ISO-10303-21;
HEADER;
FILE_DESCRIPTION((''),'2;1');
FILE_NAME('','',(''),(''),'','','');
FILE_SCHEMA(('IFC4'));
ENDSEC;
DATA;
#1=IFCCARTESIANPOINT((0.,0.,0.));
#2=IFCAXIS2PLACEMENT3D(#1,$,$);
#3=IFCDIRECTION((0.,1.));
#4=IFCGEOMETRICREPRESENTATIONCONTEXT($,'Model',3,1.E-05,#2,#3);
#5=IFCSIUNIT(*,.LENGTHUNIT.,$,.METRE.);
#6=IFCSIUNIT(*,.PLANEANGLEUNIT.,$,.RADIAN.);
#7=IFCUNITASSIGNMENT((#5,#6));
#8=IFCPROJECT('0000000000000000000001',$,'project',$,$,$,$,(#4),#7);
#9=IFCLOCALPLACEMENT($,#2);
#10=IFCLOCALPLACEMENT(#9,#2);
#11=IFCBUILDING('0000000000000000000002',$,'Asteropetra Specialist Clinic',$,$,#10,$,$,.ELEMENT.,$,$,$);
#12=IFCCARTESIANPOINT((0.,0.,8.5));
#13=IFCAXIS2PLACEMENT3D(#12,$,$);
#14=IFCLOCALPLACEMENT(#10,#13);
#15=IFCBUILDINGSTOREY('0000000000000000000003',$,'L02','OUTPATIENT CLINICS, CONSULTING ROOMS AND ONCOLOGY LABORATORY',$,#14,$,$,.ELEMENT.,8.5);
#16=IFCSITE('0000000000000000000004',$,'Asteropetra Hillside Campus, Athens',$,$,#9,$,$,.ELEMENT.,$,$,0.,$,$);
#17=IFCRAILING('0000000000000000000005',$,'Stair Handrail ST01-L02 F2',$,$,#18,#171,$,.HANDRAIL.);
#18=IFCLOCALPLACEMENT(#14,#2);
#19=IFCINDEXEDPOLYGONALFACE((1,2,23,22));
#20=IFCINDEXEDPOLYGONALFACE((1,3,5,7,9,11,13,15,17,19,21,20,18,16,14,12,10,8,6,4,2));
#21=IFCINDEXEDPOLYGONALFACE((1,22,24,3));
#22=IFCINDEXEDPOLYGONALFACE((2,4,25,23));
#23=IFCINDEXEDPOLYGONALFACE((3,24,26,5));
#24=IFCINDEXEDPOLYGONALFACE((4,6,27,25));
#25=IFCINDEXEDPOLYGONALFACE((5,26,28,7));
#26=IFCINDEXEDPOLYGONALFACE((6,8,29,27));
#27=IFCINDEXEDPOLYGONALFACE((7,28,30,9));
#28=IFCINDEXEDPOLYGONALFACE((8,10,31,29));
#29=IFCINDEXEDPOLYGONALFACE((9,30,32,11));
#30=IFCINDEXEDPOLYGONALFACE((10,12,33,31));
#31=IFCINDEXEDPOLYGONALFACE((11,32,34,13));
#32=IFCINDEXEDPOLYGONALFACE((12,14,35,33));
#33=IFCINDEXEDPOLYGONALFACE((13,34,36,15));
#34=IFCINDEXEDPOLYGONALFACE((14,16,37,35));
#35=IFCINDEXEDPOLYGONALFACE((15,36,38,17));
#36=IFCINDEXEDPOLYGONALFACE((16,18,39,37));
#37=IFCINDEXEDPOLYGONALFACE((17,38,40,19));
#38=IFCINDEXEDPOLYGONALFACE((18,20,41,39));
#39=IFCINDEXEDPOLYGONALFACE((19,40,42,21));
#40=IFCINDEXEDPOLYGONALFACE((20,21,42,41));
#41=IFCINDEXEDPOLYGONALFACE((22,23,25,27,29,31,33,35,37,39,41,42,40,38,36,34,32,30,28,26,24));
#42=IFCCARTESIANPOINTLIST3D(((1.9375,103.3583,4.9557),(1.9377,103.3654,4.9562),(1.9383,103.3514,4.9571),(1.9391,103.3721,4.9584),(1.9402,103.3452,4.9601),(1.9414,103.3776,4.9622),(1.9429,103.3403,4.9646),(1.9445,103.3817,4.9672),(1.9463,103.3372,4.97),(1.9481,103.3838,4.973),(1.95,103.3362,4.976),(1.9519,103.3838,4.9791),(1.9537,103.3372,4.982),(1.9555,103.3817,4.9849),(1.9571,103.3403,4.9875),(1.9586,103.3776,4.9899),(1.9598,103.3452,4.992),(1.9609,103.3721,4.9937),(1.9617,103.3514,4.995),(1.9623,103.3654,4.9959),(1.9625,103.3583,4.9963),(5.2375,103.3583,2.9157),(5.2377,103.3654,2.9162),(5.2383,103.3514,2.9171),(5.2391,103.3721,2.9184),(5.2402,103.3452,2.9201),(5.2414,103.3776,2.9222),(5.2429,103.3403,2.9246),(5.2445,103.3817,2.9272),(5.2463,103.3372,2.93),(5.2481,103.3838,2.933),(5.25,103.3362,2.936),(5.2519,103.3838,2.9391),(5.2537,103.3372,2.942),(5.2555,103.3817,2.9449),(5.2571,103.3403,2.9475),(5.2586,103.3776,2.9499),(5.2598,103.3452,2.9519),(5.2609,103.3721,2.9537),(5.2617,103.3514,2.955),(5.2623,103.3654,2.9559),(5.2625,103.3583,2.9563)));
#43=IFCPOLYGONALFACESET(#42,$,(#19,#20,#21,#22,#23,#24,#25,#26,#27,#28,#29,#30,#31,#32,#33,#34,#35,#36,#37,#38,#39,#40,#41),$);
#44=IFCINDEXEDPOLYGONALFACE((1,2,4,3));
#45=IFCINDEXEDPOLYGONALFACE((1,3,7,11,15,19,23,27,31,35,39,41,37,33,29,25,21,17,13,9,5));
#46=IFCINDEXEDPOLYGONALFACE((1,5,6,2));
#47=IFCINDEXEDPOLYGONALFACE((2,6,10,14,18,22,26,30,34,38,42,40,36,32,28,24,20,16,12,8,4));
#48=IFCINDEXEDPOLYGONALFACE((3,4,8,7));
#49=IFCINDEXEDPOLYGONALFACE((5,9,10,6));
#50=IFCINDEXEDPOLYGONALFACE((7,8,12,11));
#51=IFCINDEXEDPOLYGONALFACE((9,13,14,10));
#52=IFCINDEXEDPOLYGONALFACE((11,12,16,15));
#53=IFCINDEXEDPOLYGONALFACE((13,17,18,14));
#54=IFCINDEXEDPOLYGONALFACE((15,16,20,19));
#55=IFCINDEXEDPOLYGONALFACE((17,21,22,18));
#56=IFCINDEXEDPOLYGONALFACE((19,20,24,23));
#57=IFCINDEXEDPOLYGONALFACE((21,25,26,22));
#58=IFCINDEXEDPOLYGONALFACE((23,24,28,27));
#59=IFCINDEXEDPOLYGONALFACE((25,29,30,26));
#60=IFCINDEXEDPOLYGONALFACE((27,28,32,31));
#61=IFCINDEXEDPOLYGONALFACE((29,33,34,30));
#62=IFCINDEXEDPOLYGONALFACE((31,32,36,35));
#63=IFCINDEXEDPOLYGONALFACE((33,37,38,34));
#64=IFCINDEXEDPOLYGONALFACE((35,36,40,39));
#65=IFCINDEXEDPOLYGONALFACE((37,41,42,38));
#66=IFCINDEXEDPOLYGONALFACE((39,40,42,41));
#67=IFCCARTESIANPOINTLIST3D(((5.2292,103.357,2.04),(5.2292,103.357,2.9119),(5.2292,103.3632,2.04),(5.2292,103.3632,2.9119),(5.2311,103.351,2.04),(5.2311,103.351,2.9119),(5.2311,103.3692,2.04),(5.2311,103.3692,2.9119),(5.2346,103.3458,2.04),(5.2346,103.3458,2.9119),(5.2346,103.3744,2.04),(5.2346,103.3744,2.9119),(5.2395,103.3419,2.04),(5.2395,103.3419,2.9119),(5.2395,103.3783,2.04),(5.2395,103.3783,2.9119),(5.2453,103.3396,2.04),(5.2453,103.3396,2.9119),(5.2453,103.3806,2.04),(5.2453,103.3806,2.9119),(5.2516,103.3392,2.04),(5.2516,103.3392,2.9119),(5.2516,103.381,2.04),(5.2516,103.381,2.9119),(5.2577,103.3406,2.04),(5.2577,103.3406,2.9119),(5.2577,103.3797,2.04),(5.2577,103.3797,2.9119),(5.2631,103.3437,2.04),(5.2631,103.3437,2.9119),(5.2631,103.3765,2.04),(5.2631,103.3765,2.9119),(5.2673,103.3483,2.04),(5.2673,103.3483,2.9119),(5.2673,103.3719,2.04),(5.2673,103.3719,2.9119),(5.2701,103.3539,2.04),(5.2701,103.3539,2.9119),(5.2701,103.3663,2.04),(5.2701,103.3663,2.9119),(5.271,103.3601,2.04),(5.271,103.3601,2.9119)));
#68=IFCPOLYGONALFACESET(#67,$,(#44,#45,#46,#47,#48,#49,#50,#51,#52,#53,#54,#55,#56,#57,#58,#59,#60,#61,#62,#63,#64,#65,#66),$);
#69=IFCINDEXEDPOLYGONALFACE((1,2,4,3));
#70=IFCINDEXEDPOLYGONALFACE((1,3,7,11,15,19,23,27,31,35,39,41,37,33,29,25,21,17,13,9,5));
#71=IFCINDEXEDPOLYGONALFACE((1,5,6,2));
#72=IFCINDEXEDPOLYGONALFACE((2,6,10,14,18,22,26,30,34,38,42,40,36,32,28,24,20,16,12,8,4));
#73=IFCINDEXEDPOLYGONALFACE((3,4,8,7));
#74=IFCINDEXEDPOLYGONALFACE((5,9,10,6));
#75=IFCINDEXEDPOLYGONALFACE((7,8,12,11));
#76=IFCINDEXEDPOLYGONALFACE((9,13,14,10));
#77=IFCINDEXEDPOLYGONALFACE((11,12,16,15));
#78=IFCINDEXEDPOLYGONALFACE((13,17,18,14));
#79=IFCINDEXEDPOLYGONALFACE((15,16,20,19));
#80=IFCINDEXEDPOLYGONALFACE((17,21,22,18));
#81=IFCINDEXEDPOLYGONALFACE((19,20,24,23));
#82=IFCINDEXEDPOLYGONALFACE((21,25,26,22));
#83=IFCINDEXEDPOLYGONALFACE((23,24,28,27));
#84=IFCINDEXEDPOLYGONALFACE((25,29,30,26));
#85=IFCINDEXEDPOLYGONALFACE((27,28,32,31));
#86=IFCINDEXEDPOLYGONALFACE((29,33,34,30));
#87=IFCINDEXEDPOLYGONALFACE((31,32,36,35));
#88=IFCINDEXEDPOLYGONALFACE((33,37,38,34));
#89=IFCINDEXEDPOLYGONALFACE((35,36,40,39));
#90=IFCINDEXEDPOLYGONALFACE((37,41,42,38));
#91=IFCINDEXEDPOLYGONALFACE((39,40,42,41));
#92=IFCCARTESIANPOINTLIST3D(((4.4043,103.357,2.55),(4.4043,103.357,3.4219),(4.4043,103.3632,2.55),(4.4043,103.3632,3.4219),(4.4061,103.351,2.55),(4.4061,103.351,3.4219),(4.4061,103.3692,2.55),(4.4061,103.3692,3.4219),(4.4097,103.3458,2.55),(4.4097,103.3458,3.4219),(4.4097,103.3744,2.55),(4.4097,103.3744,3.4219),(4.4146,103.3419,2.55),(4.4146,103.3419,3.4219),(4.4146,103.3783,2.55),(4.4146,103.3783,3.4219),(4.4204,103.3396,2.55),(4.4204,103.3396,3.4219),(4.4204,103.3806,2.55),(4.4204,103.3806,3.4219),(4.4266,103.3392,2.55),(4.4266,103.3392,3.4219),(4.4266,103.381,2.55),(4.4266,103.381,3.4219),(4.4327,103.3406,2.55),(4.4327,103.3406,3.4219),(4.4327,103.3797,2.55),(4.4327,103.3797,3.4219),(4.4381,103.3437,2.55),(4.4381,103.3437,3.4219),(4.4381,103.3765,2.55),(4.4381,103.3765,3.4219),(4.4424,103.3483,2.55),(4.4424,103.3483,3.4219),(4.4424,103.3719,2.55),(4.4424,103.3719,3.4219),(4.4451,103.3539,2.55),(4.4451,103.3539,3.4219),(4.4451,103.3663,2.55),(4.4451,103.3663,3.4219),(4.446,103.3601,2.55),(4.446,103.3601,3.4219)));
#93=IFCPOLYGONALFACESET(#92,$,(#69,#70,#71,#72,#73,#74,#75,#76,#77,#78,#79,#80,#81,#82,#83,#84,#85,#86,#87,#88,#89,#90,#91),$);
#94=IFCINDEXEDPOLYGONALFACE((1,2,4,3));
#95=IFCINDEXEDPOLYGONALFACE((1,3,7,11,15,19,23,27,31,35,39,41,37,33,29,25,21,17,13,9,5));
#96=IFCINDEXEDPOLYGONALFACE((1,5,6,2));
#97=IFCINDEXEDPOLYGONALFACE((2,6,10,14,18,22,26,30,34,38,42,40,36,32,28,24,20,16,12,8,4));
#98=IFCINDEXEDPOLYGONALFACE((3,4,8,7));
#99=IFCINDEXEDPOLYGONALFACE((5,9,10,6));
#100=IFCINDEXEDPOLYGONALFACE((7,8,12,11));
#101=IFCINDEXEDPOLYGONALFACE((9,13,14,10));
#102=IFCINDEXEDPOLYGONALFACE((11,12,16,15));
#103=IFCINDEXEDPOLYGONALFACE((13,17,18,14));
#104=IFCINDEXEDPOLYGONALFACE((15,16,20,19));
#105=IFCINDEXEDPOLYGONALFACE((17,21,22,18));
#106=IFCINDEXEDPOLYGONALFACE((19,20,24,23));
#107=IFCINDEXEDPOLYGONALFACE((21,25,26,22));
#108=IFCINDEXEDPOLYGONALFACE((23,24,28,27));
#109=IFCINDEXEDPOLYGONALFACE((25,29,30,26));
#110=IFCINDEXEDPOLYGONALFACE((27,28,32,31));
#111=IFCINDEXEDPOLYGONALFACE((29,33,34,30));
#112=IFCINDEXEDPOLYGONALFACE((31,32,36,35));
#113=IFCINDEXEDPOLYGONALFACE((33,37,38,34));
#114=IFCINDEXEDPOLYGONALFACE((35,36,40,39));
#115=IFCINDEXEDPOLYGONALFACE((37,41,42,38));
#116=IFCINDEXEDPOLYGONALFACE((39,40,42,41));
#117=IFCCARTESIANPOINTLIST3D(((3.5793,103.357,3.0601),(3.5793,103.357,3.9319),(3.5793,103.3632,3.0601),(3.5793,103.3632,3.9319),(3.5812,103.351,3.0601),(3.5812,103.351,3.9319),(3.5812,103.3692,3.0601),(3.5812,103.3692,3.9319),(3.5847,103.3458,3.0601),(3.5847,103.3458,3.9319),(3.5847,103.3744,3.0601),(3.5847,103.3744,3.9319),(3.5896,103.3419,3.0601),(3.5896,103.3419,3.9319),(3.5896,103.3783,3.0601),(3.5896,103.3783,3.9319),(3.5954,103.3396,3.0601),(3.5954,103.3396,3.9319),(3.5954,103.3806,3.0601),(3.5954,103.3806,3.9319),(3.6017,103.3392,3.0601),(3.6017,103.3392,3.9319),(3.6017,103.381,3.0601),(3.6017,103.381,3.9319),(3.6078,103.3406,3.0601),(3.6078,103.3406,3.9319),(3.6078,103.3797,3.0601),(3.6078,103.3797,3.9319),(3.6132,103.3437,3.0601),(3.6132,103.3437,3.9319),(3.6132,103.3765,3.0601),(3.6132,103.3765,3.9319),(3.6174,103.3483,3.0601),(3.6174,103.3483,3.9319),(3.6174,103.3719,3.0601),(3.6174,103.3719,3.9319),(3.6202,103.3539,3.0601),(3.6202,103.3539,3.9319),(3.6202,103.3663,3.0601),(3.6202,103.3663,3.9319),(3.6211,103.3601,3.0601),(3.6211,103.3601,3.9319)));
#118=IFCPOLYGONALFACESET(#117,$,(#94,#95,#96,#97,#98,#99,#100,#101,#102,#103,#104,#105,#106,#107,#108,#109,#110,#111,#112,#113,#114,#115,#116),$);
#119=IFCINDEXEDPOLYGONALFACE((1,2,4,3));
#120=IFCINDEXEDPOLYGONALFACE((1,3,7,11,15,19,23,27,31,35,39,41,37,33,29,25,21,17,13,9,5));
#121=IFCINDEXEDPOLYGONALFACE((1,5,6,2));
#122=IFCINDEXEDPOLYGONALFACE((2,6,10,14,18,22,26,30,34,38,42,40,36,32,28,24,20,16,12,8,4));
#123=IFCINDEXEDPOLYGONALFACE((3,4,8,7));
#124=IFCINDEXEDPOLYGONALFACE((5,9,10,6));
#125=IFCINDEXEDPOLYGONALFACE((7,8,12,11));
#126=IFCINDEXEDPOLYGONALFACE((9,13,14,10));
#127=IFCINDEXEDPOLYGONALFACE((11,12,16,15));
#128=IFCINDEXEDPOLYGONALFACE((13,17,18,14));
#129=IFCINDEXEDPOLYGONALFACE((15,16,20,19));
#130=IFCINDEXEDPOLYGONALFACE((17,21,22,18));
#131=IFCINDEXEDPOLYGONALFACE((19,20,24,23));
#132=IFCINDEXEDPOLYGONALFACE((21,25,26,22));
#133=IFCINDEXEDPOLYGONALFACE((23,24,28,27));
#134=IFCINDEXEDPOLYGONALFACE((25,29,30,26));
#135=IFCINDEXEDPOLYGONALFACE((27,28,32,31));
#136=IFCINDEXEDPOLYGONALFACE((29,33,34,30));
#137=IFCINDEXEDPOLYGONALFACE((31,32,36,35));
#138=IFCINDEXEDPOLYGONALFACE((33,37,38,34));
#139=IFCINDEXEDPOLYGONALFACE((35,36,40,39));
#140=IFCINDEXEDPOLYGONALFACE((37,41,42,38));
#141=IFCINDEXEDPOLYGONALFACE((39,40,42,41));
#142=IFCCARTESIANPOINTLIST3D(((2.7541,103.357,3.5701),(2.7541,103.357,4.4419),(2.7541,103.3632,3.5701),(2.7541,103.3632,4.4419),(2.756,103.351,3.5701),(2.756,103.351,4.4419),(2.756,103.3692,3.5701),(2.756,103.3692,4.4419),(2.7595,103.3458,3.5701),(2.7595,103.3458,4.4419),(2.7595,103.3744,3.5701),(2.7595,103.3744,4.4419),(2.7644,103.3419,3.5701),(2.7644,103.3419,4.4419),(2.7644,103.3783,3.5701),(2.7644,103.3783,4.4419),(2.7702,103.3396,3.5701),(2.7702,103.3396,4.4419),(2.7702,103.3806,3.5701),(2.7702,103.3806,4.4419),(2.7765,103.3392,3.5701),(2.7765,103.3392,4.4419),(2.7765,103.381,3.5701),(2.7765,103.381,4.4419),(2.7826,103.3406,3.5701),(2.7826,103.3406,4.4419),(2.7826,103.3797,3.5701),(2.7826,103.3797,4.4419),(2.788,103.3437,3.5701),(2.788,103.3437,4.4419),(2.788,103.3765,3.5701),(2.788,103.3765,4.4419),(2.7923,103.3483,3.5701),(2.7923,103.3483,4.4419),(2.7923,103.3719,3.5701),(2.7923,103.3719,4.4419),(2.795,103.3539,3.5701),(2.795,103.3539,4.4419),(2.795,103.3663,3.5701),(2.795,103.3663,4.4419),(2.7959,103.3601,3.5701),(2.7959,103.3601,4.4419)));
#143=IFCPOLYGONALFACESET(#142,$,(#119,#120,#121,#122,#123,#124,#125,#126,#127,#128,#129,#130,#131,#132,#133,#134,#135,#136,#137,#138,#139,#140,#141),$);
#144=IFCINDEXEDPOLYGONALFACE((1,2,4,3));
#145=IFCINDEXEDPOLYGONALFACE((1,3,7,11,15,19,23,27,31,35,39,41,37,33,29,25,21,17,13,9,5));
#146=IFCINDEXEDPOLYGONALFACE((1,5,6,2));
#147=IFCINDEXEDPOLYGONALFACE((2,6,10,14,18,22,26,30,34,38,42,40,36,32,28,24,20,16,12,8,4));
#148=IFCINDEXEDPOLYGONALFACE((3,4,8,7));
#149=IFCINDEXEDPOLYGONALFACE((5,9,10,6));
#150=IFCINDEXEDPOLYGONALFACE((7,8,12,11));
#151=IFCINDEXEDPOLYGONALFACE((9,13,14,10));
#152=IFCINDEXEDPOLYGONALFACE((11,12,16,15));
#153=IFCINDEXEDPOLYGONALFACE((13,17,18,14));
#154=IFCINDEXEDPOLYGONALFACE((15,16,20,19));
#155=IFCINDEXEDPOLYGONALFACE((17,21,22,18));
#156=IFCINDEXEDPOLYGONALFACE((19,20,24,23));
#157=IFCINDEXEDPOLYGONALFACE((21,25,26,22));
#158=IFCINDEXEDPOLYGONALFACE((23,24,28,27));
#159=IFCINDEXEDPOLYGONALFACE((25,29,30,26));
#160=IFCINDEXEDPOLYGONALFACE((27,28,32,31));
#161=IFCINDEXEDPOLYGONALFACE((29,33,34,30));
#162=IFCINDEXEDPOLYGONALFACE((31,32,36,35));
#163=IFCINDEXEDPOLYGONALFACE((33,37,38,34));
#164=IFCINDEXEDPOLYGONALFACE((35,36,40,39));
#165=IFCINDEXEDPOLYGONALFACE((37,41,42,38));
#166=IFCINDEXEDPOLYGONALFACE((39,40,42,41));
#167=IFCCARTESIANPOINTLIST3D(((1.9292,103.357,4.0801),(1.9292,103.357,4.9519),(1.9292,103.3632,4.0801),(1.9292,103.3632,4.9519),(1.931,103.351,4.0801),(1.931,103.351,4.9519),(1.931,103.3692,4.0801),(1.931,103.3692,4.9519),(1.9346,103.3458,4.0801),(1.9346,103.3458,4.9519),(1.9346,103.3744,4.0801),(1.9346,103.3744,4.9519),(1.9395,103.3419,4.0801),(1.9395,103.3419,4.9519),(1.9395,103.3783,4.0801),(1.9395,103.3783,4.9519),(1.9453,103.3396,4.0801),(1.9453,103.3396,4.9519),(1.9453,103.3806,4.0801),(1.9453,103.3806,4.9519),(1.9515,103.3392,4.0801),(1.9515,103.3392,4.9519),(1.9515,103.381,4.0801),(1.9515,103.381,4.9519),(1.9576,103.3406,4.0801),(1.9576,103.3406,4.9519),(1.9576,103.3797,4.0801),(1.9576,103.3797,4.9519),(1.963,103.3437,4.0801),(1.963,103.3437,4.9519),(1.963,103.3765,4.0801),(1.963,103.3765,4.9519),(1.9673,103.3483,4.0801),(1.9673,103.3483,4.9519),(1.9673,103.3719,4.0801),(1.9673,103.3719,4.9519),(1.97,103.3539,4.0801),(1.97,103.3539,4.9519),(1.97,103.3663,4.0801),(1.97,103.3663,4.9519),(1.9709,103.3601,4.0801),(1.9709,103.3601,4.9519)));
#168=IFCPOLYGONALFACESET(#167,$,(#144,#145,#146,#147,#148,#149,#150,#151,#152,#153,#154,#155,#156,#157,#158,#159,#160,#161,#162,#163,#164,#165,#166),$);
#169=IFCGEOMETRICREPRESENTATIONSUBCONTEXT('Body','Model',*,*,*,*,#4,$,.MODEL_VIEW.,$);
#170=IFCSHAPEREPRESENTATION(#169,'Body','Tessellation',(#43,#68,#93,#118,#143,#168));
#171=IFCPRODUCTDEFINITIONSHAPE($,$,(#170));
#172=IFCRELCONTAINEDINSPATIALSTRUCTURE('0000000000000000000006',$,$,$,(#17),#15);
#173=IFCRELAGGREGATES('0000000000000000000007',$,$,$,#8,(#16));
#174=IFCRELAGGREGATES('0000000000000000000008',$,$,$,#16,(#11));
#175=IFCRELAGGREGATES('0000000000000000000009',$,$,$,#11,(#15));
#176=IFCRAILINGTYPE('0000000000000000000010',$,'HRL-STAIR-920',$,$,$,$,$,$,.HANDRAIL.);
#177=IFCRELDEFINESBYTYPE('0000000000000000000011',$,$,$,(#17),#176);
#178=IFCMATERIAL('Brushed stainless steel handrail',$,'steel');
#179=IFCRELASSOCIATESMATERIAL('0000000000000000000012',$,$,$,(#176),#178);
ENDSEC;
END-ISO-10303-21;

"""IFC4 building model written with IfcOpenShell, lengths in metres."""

from ifc_helpers import new_model, si_unit, direction, frame, origin, origin_2d, place, context, subcontext, project, spatial, circle, extrude, material, type_object, element, save


model = new_model("IFC4")

# Units and contexts
model_context = context("Model", 3, precision=1e-05, world=origin(), true_north=direction((0.0, 1.0)))
body_context = subcontext(model_context, "Body", "Model", "MODEL_VIEW")
ifc_project = project(units=[si_unit("LENGTHUNIT", "METRE"), si_unit("PLANEANGLEUNIT", "RADIAN")], contexts=[model_context])

# Site, building, storey
site_placement = place(None, origin())
site = spatial("IfcSite", under=ifc_project, at=site_placement, Name="Asteropetra Hillside Campus, Athens", CompositionType="ELEMENT", RefElevation=0.0)
building_placement = place(site_placement, origin())
building = spatial("IfcBuilding", under=site, at=building_placement, Name="Asteropetra Specialist Clinic", CompositionType="ELEMENT")
storey_placement = place(building_placement, frame((0.0, 0.0, 8.5)))
storey = spatial("IfcBuildingStorey", under=building, at=storey_placement, Name="L02", Description="OUTPATIENT CLINICS, CONSULTING ROOMS AND ONCOLOGY LABORATORY", CompositionType="ELEMENT", Elevation=8.5)

# Railing
ifc_material_1 = material(Name="Brushed stainless steel handrail", Category="steel")
railing_type_1 = type_object("IfcRailingType", Name="HRL-STAIR-920", PredefinedType="HANDRAIL", material=ifc_material_1)
railing_1_placement = place(storey_placement, frame((5.25, 103.3601, 2.04)))
element("IfcRailing", 1, at=railing_1_placement, inside=storey, type_object=railing_type_1, Name="Stair Handrail ST01-L02 F2", PredefinedType="HANDRAIL", context=body_context, shape_type="SweptSolid", body=[
    extrude(circle(Radius=0.0239, at=origin_2d()), frame((0.0, 0.0, 0.896), z_axis=(-0.850594, 0.0, 0.525824), x_axis=(0.0, -1.0, 0.0)), (0.0, 0.0, 1.0), 3.8796),
    extrude(circle(Radius=0.021, at=origin_2d()), origin(), (0.0, 0.0, 1.0), 0.8718),
    extrude(circle(Radius=0.021, at=origin_2d()), frame((-0.825, 0.0, 0.51)), (0.0, 0.0, 1.0), 0.8718),
    extrude(circle(Radius=0.021, at=origin_2d()), frame((-1.6499, 0.0, 1.02)), (0.0, 0.0, 1.0), 0.8718),
    extrude(circle(Radius=0.021, at=origin_2d()), frame((-2.4751, 0.0, 1.53)), (0.0, 0.0, 1.0), 0.8718),
    extrude(circle(Radius=0.021, at=origin_2d()), frame((-3.3, 0.0, 2.04)), (0.0, 0.0, 1.0), 0.8718),
])

save(model, "model.ifc")
